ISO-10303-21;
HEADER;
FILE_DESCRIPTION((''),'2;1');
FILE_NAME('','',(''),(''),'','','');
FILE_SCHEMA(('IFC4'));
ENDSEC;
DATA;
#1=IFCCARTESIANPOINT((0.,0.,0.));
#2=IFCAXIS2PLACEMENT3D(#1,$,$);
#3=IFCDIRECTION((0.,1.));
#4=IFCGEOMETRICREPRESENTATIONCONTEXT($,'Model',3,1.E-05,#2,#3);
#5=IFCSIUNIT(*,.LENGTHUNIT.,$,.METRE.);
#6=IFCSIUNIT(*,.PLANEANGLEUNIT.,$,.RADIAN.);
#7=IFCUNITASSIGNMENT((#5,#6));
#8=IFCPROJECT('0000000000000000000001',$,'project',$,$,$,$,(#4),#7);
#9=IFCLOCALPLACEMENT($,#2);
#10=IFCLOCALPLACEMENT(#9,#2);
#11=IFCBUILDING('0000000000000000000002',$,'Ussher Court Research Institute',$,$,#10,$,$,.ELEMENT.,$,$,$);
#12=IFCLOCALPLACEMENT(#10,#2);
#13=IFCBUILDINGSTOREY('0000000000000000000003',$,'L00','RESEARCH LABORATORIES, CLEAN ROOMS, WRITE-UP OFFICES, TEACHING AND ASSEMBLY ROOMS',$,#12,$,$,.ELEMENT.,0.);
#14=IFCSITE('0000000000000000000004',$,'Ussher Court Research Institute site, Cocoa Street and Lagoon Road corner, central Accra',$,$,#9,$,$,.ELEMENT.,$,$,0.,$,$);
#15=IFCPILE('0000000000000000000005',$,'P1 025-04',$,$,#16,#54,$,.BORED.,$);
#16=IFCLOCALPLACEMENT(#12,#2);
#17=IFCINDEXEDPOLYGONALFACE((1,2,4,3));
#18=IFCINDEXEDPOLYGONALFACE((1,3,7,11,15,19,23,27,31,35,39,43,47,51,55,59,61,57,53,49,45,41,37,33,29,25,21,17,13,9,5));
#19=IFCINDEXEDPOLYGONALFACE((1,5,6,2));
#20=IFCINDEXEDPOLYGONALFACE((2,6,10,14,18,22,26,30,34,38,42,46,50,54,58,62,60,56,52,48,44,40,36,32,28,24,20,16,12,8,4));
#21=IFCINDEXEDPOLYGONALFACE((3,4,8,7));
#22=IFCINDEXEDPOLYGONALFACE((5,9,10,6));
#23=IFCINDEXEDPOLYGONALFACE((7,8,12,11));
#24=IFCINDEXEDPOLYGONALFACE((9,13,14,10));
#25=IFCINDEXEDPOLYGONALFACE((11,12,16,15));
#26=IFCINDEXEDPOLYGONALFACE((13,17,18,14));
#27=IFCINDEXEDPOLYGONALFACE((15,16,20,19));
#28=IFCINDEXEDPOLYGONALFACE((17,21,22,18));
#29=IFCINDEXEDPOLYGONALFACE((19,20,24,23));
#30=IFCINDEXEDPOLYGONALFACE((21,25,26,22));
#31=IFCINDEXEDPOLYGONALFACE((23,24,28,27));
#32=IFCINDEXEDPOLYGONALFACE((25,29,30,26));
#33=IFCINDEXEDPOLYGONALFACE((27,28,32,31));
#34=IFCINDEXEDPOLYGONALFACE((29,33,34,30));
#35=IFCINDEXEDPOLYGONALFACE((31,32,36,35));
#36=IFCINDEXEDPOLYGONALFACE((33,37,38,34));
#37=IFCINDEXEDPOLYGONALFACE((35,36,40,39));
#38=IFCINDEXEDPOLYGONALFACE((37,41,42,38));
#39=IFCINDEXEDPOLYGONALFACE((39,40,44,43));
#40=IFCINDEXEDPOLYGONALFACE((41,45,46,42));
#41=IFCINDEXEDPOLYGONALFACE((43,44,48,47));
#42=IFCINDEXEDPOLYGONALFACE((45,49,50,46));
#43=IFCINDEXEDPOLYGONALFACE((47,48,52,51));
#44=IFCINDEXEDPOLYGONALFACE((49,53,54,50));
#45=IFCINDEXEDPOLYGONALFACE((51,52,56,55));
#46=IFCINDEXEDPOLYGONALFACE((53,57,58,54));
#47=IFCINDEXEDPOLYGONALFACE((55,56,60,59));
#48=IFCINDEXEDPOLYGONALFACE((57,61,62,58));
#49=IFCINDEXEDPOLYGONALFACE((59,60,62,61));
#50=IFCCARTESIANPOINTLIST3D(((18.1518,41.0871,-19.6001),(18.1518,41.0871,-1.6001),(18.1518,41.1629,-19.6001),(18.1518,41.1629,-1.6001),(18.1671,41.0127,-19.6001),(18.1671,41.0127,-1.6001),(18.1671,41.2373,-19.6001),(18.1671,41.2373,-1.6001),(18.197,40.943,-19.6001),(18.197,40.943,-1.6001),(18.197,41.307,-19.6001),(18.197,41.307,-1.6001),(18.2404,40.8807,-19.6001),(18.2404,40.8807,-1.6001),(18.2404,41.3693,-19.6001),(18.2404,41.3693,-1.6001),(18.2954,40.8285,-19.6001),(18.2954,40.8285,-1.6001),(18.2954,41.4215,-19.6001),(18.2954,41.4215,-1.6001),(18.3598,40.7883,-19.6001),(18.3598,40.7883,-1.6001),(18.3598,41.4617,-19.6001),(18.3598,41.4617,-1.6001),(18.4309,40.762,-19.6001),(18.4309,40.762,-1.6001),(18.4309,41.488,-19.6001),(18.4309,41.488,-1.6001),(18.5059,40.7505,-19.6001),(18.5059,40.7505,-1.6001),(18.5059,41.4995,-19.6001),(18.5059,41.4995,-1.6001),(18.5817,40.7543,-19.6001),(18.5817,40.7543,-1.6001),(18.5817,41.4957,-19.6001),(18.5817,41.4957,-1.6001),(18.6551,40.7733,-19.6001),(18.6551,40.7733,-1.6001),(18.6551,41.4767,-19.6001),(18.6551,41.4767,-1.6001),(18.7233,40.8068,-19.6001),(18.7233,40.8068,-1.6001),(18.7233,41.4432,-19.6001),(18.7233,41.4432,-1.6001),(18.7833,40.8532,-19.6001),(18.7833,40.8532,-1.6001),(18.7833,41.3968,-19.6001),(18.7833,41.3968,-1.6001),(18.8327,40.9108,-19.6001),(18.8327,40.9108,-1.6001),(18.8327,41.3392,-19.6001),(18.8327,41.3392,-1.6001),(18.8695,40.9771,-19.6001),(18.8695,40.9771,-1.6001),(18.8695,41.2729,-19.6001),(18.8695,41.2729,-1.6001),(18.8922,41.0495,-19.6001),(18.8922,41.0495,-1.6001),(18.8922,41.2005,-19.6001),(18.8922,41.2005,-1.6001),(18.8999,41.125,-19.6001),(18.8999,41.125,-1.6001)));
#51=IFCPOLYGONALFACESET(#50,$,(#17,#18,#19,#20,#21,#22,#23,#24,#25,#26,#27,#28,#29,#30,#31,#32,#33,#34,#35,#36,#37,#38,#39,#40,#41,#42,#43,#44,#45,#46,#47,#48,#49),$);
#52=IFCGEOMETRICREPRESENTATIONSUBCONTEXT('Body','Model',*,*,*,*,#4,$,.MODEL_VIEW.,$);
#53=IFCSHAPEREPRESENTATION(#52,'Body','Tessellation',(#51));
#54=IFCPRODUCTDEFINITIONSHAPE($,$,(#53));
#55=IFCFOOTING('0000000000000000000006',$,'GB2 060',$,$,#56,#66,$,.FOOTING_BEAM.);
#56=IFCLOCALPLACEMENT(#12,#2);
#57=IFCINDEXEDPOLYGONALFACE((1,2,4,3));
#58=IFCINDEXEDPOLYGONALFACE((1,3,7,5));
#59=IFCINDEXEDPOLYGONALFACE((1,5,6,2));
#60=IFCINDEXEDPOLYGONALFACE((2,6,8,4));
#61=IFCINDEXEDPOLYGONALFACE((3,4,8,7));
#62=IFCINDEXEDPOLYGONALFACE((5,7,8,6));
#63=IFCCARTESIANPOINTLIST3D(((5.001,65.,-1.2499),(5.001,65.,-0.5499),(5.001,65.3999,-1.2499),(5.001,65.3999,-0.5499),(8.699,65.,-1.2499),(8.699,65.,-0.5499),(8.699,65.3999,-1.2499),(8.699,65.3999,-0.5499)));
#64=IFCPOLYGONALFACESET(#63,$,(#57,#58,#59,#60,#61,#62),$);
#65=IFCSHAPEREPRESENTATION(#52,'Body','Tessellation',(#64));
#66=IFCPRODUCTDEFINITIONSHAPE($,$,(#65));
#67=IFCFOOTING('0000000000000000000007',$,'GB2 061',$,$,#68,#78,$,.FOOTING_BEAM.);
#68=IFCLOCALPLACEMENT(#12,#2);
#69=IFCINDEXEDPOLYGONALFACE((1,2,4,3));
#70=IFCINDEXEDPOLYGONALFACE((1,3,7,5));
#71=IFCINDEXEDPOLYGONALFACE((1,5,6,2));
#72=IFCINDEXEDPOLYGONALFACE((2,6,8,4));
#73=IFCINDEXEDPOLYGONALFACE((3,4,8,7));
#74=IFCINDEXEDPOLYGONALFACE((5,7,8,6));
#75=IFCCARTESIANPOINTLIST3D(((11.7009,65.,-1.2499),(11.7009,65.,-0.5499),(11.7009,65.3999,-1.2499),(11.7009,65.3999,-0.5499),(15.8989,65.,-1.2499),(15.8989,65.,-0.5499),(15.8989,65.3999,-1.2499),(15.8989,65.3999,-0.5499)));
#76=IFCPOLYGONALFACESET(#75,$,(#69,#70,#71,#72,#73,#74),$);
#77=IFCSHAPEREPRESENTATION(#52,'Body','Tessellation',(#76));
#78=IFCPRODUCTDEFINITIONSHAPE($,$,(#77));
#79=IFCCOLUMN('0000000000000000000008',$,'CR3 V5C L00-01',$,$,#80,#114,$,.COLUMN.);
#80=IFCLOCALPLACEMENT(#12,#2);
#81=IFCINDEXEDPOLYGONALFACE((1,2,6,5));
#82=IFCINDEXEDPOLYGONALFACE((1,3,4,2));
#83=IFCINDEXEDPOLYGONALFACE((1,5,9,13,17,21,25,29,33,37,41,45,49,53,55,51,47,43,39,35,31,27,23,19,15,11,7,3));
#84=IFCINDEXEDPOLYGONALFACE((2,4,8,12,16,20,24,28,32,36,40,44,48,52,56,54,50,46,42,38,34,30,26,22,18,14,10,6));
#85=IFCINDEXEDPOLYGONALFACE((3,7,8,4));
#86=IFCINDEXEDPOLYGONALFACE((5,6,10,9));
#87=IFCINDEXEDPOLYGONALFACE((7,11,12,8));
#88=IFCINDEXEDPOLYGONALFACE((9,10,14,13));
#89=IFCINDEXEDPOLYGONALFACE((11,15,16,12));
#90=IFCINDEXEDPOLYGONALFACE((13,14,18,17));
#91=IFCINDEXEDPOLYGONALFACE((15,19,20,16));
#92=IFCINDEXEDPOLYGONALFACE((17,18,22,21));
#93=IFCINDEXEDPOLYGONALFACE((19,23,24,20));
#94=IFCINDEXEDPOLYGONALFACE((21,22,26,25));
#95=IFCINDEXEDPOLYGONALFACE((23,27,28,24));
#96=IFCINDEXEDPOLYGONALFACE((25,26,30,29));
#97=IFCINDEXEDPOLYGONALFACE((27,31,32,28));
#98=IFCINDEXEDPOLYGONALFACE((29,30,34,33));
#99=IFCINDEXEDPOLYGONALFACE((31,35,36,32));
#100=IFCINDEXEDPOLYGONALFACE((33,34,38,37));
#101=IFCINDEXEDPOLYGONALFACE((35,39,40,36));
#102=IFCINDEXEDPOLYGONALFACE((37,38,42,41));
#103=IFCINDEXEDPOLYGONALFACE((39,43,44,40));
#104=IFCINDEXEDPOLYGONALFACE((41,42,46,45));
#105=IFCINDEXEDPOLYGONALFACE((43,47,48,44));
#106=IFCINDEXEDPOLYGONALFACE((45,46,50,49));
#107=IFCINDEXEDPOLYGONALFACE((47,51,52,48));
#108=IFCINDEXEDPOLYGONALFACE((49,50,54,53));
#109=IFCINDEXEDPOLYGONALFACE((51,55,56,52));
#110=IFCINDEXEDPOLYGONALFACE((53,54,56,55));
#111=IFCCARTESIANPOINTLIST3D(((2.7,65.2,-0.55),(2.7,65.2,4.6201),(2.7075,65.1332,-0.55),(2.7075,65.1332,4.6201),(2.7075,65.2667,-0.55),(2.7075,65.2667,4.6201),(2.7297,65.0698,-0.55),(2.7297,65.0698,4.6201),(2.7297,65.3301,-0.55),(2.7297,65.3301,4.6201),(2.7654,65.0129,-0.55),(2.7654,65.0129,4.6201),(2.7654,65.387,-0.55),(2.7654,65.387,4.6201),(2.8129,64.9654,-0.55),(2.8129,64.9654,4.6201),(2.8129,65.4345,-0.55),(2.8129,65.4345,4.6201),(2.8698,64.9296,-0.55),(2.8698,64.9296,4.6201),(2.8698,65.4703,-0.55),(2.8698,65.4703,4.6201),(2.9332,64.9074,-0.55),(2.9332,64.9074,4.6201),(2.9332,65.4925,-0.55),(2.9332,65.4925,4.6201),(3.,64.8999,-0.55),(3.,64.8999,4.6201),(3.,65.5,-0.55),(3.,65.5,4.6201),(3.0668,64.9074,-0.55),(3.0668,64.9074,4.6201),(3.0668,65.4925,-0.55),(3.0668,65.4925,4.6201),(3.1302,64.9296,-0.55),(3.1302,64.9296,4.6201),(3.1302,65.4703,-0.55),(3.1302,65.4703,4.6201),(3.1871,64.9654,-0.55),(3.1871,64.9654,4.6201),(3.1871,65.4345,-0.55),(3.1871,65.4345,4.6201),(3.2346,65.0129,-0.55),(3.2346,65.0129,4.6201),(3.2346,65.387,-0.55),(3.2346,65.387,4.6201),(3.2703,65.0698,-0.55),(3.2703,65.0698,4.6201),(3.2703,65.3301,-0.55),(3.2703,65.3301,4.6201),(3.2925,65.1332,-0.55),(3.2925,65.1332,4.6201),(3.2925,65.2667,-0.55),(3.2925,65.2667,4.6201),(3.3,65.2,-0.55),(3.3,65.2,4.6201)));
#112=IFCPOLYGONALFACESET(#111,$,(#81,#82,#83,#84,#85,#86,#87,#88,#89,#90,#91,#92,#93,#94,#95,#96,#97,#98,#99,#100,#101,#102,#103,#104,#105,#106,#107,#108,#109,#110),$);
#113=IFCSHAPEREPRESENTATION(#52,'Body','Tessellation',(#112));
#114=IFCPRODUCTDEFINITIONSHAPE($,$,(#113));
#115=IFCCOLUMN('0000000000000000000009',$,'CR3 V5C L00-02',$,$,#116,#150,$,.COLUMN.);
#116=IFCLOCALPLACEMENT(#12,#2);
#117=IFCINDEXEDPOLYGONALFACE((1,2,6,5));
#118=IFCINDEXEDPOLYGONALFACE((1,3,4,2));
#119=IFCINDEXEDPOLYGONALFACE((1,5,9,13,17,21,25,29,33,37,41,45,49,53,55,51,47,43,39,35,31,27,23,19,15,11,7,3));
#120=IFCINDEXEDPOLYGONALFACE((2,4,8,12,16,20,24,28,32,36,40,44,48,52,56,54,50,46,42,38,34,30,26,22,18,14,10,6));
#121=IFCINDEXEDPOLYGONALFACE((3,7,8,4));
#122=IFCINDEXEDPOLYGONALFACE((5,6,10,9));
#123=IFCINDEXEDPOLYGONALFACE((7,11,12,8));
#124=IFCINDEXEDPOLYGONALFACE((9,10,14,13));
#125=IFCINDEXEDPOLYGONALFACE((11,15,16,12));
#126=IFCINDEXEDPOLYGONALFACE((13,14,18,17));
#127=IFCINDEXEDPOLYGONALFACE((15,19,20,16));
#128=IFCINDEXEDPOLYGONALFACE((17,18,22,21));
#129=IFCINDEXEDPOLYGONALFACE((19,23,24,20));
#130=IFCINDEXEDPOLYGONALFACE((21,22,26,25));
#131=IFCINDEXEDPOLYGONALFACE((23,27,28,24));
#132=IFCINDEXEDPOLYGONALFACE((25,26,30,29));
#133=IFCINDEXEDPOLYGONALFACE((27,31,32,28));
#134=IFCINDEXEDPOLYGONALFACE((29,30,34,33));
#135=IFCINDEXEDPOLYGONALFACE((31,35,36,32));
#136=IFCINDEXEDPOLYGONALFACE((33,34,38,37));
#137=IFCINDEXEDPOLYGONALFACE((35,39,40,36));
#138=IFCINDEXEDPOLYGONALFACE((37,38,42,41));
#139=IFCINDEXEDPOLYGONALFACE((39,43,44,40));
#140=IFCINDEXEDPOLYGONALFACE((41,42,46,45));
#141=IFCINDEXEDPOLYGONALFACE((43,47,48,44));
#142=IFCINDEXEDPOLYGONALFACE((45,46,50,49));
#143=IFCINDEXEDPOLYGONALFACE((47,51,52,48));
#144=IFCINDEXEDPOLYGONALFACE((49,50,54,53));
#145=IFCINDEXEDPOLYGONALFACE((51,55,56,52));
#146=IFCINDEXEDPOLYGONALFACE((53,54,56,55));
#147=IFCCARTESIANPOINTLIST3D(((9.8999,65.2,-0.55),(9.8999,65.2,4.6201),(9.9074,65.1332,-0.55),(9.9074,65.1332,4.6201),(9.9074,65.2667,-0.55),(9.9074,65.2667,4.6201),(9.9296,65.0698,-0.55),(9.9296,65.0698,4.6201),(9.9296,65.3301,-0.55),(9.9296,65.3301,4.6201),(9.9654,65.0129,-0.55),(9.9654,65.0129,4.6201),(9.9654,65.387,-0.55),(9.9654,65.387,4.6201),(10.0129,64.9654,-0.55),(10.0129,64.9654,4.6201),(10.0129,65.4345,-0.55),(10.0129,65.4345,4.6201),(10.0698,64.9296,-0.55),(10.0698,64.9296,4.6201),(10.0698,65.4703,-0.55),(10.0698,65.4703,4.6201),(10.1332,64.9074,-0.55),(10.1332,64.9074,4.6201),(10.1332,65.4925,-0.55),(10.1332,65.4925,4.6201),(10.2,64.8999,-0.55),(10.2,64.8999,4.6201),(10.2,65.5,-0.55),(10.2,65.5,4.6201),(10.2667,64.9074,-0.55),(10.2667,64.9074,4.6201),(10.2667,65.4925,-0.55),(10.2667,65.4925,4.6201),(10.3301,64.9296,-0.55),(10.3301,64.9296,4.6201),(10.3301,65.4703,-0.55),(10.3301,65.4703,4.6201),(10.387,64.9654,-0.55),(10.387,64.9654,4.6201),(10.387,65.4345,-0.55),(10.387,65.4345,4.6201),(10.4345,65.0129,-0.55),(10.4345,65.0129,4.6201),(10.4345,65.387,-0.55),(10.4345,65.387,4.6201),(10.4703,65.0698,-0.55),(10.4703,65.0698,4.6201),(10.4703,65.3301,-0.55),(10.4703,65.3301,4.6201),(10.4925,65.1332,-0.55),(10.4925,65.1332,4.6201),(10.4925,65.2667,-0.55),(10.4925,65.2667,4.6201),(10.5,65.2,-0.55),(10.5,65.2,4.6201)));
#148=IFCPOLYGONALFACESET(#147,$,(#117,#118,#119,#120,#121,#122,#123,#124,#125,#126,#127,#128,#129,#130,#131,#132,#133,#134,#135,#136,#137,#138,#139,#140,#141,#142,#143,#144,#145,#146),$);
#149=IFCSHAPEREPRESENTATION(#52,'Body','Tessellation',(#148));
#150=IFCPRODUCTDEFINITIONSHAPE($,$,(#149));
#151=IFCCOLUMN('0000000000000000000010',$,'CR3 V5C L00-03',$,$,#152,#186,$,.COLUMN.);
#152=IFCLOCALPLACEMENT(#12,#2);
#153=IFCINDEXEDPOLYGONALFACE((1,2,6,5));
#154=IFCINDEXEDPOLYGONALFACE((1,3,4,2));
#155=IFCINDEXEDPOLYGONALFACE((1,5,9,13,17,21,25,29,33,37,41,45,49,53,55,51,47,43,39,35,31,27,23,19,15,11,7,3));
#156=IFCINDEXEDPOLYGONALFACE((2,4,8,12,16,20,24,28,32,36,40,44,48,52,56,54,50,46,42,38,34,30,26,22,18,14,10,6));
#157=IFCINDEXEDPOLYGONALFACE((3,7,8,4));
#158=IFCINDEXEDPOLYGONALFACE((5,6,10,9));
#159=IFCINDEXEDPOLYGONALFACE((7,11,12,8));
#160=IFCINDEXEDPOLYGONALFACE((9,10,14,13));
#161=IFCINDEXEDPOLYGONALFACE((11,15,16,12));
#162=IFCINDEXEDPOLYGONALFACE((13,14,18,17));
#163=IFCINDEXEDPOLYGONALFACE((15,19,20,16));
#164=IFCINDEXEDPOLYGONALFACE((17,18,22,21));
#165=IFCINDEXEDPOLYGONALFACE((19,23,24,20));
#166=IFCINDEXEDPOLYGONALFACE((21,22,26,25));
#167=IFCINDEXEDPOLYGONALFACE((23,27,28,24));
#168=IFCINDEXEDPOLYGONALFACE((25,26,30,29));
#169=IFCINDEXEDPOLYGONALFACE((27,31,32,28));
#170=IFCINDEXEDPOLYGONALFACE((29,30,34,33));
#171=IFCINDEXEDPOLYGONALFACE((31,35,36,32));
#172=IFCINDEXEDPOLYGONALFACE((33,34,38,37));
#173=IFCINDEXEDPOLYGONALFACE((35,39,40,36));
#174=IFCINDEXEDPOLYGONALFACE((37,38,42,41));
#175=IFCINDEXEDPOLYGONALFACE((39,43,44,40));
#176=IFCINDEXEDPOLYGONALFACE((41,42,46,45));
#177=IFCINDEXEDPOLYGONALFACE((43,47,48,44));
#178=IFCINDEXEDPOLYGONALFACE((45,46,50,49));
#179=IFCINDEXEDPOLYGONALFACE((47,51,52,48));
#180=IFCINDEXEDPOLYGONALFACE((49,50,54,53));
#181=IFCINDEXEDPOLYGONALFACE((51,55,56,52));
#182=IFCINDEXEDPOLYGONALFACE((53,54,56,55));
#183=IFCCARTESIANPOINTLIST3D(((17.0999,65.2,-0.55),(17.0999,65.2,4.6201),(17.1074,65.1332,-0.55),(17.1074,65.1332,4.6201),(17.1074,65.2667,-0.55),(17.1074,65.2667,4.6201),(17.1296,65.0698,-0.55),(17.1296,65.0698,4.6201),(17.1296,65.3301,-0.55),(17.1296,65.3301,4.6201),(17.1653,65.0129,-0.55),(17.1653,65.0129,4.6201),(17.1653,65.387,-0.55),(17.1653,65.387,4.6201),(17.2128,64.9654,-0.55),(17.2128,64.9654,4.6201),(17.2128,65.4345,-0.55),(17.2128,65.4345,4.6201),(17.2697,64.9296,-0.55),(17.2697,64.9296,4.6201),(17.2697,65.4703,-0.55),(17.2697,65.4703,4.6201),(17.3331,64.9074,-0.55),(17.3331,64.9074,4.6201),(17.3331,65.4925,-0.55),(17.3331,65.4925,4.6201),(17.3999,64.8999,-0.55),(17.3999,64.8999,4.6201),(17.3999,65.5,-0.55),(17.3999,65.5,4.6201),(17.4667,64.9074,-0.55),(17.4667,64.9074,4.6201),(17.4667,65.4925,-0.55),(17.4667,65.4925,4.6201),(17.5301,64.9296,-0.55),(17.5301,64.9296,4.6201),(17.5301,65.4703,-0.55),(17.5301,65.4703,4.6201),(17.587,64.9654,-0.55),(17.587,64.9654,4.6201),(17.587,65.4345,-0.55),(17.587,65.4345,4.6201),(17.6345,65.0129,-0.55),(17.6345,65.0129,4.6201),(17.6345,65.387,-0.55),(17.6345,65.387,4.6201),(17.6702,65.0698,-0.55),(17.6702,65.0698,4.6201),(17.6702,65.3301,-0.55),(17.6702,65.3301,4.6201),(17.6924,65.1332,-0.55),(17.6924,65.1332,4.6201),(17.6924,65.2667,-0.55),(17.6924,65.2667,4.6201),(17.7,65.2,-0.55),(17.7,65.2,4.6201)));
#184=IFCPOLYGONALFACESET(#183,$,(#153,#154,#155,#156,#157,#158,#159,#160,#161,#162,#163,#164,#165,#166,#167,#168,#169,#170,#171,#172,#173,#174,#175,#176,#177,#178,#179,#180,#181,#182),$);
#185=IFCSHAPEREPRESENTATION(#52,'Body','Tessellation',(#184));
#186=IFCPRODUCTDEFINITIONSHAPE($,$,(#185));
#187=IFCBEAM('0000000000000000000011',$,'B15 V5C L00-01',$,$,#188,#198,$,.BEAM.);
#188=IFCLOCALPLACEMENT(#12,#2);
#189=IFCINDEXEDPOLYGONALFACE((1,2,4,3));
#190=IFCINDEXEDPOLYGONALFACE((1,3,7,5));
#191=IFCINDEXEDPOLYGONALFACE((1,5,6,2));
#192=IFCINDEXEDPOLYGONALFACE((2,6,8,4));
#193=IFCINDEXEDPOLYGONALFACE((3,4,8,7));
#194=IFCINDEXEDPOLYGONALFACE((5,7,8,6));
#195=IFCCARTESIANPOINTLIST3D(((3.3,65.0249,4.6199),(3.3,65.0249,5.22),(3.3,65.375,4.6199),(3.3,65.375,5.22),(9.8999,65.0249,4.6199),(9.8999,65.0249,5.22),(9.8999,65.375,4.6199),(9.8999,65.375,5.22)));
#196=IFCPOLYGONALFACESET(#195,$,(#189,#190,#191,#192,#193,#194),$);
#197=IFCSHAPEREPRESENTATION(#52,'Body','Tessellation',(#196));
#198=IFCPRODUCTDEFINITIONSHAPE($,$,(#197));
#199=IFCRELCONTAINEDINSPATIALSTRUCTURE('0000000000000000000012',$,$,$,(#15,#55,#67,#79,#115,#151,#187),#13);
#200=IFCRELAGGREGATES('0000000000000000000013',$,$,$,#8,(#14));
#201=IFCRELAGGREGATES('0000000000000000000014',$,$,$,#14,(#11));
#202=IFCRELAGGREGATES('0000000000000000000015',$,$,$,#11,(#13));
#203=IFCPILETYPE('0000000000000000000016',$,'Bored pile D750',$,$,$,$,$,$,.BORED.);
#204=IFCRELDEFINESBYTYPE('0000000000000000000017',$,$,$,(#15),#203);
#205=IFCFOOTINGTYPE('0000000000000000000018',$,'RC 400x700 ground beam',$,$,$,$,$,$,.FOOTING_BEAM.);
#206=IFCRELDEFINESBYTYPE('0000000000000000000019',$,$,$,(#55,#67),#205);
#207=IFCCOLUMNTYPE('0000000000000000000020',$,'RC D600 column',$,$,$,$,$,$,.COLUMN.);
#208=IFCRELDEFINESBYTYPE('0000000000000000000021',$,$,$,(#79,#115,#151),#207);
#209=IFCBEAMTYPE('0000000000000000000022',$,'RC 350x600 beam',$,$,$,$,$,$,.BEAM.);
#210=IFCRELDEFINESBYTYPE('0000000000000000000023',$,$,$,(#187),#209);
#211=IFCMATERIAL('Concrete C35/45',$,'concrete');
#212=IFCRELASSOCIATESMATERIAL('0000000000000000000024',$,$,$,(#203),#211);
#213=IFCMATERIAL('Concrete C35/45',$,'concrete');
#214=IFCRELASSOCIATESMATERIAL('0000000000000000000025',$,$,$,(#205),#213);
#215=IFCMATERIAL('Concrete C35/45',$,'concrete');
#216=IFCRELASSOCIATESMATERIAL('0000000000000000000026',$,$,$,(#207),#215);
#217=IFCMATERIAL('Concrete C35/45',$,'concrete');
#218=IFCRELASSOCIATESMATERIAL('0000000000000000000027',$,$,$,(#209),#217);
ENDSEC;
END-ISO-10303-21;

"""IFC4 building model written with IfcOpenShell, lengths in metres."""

from ifc_helpers import new_model, si_unit, direction, frame, origin, origin_2d, place, context, subcontext, project, spatial, rectangle, circle, extrude, material, material_profile, profile_set, type_object, element, save


model = new_model("IFC4")

# Units and contexts
model_context = context("Model", 3, precision=1e-05, world=origin(), true_north=direction((0.0, 1.0)))
body_context = subcontext(model_context, "Body", "Model", "MODEL_VIEW")
ifc_project = project(units=[si_unit("LENGTHUNIT", "METRE"), si_unit("PLANEANGLEUNIT", "RADIAN")], contexts=[model_context])

# Site, building, storey
site_placement = place(None, origin())
site = spatial("IfcSite", under=ifc_project, at=site_placement, Name="Ussher Court Research Institute site, Cocoa Street and Lagoon Road corner, central Accra", CompositionType="ELEMENT", RefElevation=0.0)
building_placement = place(site_placement, origin())
building = spatial("IfcBuilding", under=site, at=building_placement, Name="Ussher Court Research Institute", CompositionType="ELEMENT")
storey_placement = place(building_placement, origin())
storey = spatial("IfcBuildingStorey", under=building, at=storey_placement, Name="L00", Description="RESEARCH LABORATORIES, CLEAN ROOMS, WRITE-UP OFFICES, TEACHING AND ASSEMBLY ROOMS", CompositionType="ELEMENT", Elevation=0.0)

# Pile
ifc_material_1 = material(Name="Concrete C35/45", Category="concrete")
ifc_material_profile_1 = material_profile(ifc_material_1, circle(Radius=0.375, at=origin_2d()), Name="RC D750")
ifc_profile_set_1 = profile_set([ifc_material_profile_1], Name="Concrete C35/45")
pile_type_1 = type_object("IfcPileType", Name="Bored pile D750", PredefinedType="BORED", material=ifc_profile_set_1)
for number, where, z_axis, x_axis, name in (
    (1, (18.5249, 41.125, -1.6001), (0.0, 0.0, -1.0), (1.0, 0.0, 0.0), "P1 025-04"),
):
    element("IfcPile", number, at=place(storey_placement, frame(where, z_axis=z_axis, x_axis=x_axis)), inside=storey, type_object=pile_type_1, Name=name, PredefinedType="BORED", context=body_context, shape_type="SweptSolid", body=[
        extrude(circle(Radius=0.375, at=origin_2d()), origin(), (0.0, 0.0, 1.0), 18.0),
    ])

# Footings
ifc_material_2 = material(Name="Concrete C35/45", Category="concrete")
ifc_material_profile_2 = material_profile(ifc_material_2, rectangle(XDim=0.3999, YDim=0.7, at=origin_2d()), Name="RC 400x700")
ifc_profile_set_2 = profile_set([ifc_material_profile_2], Name="Concrete C35/45")
footing_type = type_object("IfcFootingType", Name="RC 400x700 ground beam", PredefinedType="FOOTING_BEAM", material=ifc_profile_set_2)
footing_1_placement = place(storey_placement, frame((5.001, 65.2, -0.8999), z_axis=(1.0, 0.0, 0.0), x_axis=(0.0, 1.0, 0.0)))
element("IfcFooting", 2, at=footing_1_placement, inside=storey, type_object=footing_type, Name="GB2 060", PredefinedType="FOOTING_BEAM", context=body_context, shape_type="SweptSolid", body=[
    extrude(rectangle(XDim=0.3999, YDim=0.7, at=origin_2d()), origin(), (0.0, 0.0, 1.0), 3.698),
])
footing_2_placement = place(storey_placement, frame((11.7009, 65.2, -0.8999), z_axis=(1.0, 0.0, 0.0), x_axis=(0.0, 1.0, 0.0)))
element("IfcFooting", 3, at=footing_2_placement, inside=storey, type_object=footing_type, Name="GB2 061", PredefinedType="FOOTING_BEAM", context=body_context, shape_type="SweptSolid", body=[
    extrude(rectangle(XDim=0.3999, YDim=0.7, at=origin_2d()), origin(), (0.0, 0.0, 1.0), 4.198),
])

# Columns
ifc_material_3 = material(Name="Concrete C35/45", Category="concrete")
ifc_material_profile_3 = material_profile(ifc_material_3, circle(Radius=0.3, at=origin_2d()), Name="RC D600")
ifc_profile_set_3 = profile_set([ifc_material_profile_3], Name="Concrete C35/45")
column_type = type_object("IfcColumnType", Name="RC D600 column", PredefinedType="COLUMN", material=ifc_profile_set_3)
for number, where, z_axis, x_axis, name in (
    (4, (3.0, 65.2, -0.55), (0.0, 0.0, 1.0), (1.0, 0.0, 0.0), "CR3 V5C L00-01"),
    (5, (10.2, 65.2, -0.55), (0.0, 0.0, 1.0), (1.0, 0.0, 0.0), "CR3 V5C L00-02"),
    (6, (17.3999, 65.2, -0.55), (0.0, 0.0, 1.0), (1.0, 0.0, 0.0), "CR3 V5C L00-03"),
):
    element("IfcColumn", number, at=place(storey_placement, frame(where, z_axis=z_axis, x_axis=x_axis)), inside=storey, type_object=column_type, Name=name, PredefinedType="COLUMN", context=body_context, shape_type="SweptSolid", body=[
        extrude(circle(Radius=0.3, at=origin_2d()), origin(), (0.0, 0.0, 1.0), 5.1702),
    ])

# Beam
ifc_material_4 = material(Name="Concrete C35/45", Category="concrete")
ifc_material_profile_4 = material_profile(ifc_material_4, rectangle(XDim=0.3501, YDim=0.6001, at=origin_2d()), Name="RC 350x600")
ifc_profile_set_4 = profile_set([ifc_material_profile_4], Name="Concrete C35/45")
beam_type = type_object("IfcBeamType", Name="RC 350x600 beam", PredefinedType="BEAM", material=ifc_profile_set_4)
beam_placement = place(storey_placement, frame((3.3, 65.2, 4.9199), z_axis=(1.0, 0.0, 0.0), x_axis=(0.0, 1.0, 0.0)))
element("IfcBeam", 7, at=beam_placement, inside=storey, type_object=beam_type, Name="B15 V5C L00-01", PredefinedType="BEAM", context=body_context, shape_type="SweptSolid", body=[
    extrude(rectangle(XDim=0.3501, YDim=0.6001, at=origin_2d()), origin(), (0.0, 0.0, 1.0), 6.5999),
])

save(model, "model.ifc")
